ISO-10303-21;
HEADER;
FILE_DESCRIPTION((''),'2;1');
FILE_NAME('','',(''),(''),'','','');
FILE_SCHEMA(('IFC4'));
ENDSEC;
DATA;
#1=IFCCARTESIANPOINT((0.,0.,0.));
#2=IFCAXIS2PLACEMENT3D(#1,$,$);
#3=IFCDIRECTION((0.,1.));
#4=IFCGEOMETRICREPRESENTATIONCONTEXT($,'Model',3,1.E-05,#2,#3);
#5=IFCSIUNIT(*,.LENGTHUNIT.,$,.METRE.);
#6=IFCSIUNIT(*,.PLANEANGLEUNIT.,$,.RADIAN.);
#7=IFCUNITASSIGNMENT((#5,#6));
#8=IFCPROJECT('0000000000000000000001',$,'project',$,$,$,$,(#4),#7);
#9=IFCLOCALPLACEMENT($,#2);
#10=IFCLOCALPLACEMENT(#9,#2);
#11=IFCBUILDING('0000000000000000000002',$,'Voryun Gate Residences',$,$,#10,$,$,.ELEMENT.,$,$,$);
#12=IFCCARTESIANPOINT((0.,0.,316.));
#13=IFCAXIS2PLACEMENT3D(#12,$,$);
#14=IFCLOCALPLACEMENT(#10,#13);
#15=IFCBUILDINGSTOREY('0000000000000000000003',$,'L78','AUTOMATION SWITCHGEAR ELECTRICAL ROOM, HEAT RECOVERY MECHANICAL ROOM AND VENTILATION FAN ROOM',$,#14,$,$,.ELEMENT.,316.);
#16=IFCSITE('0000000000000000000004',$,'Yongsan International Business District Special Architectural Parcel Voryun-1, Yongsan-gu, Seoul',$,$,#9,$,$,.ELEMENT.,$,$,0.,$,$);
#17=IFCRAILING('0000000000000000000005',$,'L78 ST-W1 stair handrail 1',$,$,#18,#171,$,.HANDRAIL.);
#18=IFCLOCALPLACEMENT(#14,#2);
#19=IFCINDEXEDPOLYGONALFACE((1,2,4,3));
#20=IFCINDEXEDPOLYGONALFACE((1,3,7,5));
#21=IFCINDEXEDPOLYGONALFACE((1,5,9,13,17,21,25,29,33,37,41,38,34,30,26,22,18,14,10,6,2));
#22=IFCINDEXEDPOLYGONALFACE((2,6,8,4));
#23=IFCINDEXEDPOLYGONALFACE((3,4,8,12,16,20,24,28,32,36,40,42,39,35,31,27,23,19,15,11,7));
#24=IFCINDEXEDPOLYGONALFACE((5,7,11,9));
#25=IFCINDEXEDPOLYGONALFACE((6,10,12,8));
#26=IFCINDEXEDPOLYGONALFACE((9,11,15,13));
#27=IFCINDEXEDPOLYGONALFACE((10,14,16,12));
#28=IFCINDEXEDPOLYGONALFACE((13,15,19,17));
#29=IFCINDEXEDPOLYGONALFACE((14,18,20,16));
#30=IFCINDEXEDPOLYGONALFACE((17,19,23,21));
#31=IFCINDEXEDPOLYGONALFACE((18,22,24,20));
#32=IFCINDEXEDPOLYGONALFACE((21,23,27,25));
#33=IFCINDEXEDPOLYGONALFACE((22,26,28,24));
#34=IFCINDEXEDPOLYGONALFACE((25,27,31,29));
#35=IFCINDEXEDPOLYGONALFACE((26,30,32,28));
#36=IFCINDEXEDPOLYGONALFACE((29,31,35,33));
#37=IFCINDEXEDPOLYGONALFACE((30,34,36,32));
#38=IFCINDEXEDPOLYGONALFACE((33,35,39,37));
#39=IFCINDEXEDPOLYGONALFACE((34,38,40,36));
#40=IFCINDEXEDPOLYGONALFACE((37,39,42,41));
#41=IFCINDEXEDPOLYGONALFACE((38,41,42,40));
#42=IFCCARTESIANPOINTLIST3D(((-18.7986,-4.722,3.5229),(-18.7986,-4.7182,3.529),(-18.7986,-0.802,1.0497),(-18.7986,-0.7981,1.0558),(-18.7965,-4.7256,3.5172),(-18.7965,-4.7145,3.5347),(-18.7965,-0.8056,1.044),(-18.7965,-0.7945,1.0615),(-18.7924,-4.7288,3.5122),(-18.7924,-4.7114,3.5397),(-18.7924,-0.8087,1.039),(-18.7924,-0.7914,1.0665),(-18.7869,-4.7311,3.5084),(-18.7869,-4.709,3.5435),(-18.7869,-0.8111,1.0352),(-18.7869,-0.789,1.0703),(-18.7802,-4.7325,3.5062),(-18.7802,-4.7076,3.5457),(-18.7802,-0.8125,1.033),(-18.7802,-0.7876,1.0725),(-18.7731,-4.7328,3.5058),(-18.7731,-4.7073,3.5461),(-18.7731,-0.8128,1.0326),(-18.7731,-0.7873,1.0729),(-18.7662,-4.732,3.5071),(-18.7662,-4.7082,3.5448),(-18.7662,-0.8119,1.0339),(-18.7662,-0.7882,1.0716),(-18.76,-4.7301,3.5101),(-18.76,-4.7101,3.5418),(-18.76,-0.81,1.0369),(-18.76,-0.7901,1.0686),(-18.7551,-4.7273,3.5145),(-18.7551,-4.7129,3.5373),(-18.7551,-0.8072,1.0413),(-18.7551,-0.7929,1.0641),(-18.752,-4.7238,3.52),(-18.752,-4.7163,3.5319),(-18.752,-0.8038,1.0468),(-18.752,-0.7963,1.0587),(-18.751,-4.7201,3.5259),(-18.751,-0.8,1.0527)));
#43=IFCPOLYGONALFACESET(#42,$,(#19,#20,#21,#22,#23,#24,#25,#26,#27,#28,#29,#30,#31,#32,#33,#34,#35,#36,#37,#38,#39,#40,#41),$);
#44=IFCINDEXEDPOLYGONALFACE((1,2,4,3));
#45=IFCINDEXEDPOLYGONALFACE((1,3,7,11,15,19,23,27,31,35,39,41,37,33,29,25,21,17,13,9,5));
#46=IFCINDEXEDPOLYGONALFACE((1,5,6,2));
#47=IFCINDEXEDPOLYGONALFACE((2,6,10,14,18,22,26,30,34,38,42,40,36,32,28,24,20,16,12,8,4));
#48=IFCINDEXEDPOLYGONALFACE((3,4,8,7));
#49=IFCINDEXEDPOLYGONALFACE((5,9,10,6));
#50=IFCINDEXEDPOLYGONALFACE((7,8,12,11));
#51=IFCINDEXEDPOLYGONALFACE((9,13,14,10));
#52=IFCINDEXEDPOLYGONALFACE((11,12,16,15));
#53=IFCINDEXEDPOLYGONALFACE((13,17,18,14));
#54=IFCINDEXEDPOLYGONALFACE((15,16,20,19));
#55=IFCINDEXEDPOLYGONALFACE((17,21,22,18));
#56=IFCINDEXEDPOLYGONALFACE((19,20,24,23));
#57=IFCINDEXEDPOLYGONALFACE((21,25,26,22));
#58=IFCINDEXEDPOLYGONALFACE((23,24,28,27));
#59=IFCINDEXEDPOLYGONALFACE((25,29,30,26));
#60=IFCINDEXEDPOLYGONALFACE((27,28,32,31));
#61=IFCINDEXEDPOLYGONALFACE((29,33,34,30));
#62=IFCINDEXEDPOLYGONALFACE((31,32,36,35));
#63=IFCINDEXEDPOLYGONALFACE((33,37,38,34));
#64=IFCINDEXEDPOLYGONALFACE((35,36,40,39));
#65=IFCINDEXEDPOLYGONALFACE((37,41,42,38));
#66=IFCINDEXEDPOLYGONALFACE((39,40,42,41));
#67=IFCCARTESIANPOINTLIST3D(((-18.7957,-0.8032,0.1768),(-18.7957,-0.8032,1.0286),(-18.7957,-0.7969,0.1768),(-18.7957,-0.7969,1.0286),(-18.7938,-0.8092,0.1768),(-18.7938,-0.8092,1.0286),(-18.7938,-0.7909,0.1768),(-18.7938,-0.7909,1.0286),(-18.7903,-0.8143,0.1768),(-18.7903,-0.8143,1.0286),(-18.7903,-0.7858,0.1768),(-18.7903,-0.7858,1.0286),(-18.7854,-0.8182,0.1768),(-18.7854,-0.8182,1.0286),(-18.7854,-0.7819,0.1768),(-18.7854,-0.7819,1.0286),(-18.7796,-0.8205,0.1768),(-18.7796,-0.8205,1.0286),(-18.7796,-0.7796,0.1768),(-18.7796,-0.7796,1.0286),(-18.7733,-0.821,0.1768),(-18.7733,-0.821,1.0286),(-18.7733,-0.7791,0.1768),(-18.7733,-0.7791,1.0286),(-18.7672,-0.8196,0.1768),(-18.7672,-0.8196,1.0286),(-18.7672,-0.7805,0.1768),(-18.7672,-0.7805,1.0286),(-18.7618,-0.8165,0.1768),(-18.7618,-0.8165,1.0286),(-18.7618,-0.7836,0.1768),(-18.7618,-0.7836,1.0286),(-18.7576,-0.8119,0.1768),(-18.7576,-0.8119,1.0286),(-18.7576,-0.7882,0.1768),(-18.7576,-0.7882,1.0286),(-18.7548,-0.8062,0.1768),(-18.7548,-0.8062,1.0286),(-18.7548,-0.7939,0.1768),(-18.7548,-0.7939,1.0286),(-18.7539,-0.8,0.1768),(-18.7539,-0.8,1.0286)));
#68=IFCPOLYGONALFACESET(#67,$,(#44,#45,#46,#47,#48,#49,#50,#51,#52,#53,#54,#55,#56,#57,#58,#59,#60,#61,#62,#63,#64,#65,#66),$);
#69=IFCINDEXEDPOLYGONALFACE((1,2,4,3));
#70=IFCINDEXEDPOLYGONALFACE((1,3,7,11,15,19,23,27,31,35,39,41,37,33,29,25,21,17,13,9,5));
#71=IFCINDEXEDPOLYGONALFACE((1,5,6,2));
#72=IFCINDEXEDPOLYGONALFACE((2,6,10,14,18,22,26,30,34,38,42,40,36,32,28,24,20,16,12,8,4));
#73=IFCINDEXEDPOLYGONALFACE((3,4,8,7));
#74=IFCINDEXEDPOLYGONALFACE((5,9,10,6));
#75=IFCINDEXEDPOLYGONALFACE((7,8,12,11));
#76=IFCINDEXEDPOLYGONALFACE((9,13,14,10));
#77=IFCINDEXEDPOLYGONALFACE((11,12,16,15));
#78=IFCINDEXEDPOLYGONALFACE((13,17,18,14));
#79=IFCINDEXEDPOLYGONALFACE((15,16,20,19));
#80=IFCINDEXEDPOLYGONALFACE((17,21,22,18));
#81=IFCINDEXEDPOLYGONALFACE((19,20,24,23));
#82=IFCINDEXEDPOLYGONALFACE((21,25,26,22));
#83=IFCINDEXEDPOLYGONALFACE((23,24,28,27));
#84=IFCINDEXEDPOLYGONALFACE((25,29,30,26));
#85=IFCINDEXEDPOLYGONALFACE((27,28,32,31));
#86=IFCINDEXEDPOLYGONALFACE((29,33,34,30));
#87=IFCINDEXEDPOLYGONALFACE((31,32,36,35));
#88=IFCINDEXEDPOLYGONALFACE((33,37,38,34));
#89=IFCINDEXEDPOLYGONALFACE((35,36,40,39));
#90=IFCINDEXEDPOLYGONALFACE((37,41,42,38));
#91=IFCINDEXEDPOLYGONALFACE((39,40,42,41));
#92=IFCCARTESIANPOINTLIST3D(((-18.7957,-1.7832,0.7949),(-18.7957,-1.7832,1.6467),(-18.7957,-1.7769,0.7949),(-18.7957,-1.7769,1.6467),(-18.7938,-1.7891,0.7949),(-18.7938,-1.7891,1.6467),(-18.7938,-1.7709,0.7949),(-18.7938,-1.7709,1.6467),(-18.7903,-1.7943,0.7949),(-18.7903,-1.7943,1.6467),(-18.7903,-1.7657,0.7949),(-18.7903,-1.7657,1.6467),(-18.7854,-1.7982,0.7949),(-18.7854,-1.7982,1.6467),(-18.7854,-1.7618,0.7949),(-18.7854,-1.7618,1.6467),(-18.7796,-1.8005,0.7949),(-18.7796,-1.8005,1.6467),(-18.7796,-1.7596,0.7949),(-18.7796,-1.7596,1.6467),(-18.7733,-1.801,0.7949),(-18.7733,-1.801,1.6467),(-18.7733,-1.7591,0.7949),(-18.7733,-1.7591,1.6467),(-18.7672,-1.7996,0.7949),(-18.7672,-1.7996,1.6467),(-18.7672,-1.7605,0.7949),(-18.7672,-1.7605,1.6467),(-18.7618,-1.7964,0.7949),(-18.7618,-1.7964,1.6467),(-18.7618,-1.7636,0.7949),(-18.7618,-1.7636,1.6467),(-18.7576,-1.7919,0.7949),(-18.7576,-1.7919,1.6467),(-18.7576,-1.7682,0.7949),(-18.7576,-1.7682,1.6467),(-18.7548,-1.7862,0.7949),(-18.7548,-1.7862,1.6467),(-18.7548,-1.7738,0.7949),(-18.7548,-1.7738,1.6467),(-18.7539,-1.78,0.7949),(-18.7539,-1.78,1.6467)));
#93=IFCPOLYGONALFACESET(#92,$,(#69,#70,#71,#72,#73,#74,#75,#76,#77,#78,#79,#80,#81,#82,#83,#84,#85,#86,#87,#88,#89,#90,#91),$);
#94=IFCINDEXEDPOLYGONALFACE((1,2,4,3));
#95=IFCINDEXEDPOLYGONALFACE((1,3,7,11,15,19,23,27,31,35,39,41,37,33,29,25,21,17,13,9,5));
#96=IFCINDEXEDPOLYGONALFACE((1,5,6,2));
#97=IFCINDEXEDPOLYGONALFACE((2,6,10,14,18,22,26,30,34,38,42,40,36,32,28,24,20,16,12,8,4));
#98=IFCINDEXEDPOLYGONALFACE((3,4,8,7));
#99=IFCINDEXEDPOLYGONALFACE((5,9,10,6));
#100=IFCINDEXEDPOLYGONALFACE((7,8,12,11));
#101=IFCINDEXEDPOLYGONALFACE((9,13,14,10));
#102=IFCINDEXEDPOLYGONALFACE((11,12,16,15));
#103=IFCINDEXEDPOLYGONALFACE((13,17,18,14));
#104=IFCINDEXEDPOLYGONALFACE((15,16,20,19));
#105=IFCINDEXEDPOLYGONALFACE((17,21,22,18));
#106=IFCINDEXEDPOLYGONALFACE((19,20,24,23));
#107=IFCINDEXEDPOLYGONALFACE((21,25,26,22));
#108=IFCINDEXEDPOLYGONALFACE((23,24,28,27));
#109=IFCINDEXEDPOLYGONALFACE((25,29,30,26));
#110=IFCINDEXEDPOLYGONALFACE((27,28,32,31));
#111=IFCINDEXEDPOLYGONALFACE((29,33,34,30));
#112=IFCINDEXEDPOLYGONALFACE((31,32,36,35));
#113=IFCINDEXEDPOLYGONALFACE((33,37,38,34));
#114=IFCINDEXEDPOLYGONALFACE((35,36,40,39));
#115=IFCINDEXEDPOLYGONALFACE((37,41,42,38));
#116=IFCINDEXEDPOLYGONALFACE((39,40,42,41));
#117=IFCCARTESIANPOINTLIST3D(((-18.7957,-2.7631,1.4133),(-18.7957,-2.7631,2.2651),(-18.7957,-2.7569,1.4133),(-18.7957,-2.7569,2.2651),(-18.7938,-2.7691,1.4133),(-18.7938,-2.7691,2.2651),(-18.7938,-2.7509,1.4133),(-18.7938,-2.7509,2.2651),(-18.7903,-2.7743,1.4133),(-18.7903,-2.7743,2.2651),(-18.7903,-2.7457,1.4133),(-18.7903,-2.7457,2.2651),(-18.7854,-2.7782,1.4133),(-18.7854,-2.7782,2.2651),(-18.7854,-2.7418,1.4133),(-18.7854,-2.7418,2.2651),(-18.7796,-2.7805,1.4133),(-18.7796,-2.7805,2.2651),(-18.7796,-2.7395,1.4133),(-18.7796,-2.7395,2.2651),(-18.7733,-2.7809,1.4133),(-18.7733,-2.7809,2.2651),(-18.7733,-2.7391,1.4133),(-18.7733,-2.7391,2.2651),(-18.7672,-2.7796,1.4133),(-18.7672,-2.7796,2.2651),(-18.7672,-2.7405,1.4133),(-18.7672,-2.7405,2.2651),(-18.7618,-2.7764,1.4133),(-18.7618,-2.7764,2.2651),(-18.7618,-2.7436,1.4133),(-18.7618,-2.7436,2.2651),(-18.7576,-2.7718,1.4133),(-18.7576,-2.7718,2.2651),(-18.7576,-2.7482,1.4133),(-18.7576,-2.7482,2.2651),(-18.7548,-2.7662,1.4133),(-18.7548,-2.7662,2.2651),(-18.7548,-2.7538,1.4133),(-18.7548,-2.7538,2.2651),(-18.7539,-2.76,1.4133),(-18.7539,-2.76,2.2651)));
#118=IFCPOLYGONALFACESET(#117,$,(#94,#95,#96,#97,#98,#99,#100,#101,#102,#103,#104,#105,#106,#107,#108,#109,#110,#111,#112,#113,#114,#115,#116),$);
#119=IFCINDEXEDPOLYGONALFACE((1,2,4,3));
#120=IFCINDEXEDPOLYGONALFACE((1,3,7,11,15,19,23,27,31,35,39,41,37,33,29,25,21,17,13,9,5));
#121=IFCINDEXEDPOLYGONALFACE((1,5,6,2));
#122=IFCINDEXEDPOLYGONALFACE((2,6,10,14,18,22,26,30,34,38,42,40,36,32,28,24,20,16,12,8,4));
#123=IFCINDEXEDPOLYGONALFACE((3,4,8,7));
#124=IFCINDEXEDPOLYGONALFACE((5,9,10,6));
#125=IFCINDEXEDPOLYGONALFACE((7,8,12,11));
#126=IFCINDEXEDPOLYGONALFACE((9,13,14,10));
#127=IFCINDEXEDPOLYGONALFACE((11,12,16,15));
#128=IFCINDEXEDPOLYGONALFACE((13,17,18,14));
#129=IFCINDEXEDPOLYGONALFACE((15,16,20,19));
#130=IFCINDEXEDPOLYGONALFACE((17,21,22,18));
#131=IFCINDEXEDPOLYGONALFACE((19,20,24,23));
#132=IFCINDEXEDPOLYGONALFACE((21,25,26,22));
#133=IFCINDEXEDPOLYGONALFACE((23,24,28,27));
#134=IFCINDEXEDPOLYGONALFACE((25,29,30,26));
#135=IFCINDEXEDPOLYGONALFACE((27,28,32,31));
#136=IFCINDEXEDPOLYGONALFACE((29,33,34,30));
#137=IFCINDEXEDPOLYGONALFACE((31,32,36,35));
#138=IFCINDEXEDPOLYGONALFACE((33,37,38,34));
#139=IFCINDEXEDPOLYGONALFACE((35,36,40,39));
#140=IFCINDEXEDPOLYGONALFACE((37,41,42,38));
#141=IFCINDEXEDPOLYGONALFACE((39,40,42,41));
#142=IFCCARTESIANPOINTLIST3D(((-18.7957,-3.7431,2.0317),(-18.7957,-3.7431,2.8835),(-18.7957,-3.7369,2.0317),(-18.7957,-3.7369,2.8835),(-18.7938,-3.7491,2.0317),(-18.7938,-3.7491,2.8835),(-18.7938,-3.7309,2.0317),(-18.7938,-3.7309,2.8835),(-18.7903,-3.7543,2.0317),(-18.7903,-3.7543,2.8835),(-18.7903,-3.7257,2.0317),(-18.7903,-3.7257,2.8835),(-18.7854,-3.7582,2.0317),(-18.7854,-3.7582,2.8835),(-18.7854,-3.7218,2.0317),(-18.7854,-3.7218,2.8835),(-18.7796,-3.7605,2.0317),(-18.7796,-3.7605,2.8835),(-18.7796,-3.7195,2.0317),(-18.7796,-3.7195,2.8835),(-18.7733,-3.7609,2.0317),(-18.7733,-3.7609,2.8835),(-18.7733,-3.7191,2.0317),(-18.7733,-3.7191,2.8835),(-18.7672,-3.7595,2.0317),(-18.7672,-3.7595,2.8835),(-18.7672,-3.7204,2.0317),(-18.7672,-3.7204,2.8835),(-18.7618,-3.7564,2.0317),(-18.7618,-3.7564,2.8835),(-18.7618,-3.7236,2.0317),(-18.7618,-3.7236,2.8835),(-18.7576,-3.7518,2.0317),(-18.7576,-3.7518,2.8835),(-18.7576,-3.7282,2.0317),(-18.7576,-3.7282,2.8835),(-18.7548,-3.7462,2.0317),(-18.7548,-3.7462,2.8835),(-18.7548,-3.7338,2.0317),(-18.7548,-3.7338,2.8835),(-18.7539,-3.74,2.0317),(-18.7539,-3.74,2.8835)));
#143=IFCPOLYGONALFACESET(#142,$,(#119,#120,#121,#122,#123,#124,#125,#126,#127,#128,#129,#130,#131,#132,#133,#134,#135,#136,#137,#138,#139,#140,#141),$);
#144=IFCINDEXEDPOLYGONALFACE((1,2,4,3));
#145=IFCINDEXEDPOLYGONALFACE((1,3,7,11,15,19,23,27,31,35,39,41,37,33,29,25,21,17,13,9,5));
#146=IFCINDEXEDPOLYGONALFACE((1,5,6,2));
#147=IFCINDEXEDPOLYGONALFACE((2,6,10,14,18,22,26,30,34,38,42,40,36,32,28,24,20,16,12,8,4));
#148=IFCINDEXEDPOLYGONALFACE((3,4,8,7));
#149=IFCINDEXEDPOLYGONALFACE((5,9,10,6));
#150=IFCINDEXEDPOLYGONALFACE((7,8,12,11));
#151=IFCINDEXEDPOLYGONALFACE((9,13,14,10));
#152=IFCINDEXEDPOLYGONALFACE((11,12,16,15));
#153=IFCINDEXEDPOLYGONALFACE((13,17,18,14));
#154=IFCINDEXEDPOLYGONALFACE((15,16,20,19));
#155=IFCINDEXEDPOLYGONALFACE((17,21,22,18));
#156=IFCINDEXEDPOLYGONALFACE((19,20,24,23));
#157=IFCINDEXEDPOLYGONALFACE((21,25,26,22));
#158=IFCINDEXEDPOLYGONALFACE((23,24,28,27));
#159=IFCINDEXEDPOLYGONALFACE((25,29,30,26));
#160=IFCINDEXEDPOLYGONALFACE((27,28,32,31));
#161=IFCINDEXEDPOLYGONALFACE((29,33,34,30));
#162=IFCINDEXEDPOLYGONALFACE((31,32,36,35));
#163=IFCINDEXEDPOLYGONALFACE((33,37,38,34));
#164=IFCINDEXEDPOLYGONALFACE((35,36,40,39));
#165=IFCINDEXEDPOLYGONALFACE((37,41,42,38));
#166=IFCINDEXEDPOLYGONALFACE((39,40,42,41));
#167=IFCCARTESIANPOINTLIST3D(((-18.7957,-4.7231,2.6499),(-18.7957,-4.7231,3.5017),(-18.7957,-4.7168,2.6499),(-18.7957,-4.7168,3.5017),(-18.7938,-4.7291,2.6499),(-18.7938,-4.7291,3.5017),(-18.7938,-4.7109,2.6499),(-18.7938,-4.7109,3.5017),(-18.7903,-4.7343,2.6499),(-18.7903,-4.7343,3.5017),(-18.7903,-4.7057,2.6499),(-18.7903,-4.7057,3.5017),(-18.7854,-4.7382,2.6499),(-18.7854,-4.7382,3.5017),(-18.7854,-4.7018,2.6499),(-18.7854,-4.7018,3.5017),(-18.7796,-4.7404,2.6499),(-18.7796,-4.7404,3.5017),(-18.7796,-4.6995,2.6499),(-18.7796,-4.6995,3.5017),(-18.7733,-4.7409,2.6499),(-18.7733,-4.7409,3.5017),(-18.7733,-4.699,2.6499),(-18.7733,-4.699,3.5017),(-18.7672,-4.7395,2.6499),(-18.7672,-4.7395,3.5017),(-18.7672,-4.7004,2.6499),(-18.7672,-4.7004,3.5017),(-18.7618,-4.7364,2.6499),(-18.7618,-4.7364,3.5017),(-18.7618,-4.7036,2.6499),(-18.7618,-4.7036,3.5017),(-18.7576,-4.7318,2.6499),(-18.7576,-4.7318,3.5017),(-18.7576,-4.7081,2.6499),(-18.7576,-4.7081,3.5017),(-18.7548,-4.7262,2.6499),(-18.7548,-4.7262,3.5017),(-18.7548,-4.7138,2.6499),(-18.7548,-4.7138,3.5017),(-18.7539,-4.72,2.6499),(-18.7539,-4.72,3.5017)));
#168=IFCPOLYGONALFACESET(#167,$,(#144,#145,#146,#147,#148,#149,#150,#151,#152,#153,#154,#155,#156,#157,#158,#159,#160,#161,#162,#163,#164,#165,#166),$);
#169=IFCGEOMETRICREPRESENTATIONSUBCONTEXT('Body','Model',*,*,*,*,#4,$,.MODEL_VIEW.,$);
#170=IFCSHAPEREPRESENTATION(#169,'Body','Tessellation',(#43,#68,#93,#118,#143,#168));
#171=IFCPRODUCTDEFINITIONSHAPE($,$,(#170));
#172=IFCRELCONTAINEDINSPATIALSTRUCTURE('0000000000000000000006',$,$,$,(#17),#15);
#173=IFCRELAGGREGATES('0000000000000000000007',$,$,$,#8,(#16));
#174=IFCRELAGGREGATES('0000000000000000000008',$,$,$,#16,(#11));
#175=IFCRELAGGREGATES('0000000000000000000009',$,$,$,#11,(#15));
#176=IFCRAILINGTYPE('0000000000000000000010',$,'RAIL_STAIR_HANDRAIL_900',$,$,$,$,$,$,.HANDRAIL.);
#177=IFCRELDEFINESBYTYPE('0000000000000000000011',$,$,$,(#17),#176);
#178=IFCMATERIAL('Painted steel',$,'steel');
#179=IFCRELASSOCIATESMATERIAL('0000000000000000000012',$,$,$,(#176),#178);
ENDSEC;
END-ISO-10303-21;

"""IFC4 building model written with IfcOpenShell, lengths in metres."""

from ifc_helpers import new_model, si_unit, direction, frame, origin, origin_2d, place, context, subcontext, project, spatial, circle, extrude, material, type_object, element, save


model = new_model("IFC4")

# Units and contexts
model_context = context("Model", 3, precision=1e-05, world=origin(), true_north=direction((0.0, 1.0)))
body_context = subcontext(model_context, "Body", "Model", "MODEL_VIEW")
ifc_project = project(units=[si_unit("LENGTHUNIT", "METRE"), si_unit("PLANEANGLEUNIT", "RADIAN")], contexts=[model_context])

# Site, building, storey
site_placement = place(None, origin())
site = spatial("IfcSite", under=ifc_project, at=site_placement, Name="Yongsan International Business District Special Architectural Parcel Voryun-1, Yongsan-gu, Seoul", CompositionType="ELEMENT", RefElevation=0.0)
building_placement = place(site_placement, origin())
building = spatial("IfcBuilding", under=site, at=building_placement, Name="Voryun Gate Residences", CompositionType="ELEMENT")
storey_placement = place(building_placement, frame((0.0, 0.0, 316.0)))
storey = spatial("IfcBuildingStorey", under=building, at=storey_placement, Name="L78", Description="AUTOMATION SWITCHGEAR ELECTRICAL ROOM, HEAT RECOVERY MECHANICAL ROOM AND VENTILATION FAN ROOM", CompositionType="ELEMENT", Elevation=316.0)

# Railing
ifc_material_1 = material(Name="Painted steel", Category="steel")
railing_type_1 = type_object("IfcRailingType", Name="RAIL_STAIR_HANDRAIL_900", PredefinedType="HANDRAIL", material=ifc_material_1)
railing_1_placement = place(storey_placement, frame((-18.7749, -0.8, 0.1768)))
element("IfcRailing", 1, at=railing_1_placement, inside=storey, type_object=railing_type_1, Name="L78 ST-W1 stair handrail 1", PredefinedType="HANDRAIL", context=body_context, shape_type="SweptSolid", body=[
    extrude(circle(Radius=0.0239, at=origin_2d()), frame((0.0, 0.0, 0.876), z_axis=(0.0, -0.845742, 0.533593), x_axis=(1.0, 0.0, 0.0)), (0.0, 0.0, 1.0), 4.635),
    extrude(circle(Radius=0.021, at=origin_2d()), origin(), (0.0, 0.0, 1.0), 0.8518),
    extrude(circle(Radius=0.021, at=origin_2d()), frame((0.0, -0.98, 0.6182)), (0.0, 0.0, 1.0), 0.8518),
    extrude(circle(Radius=0.021, at=origin_2d()), frame((0.0, -1.96, 1.2366)), (0.0, 0.0, 1.0), 0.8518),
    extrude(circle(Radius=0.021, at=origin_2d()), frame((0.0, -2.9399, 1.855)), (0.0, 0.0, 1.0), 0.8518),
    extrude(circle(Radius=0.021, at=origin_2d()), frame((0.0, -3.9199, 2.4731)), (0.0, 0.0, 1.0), 0.8518),
])

save(model, "model.ifc")
